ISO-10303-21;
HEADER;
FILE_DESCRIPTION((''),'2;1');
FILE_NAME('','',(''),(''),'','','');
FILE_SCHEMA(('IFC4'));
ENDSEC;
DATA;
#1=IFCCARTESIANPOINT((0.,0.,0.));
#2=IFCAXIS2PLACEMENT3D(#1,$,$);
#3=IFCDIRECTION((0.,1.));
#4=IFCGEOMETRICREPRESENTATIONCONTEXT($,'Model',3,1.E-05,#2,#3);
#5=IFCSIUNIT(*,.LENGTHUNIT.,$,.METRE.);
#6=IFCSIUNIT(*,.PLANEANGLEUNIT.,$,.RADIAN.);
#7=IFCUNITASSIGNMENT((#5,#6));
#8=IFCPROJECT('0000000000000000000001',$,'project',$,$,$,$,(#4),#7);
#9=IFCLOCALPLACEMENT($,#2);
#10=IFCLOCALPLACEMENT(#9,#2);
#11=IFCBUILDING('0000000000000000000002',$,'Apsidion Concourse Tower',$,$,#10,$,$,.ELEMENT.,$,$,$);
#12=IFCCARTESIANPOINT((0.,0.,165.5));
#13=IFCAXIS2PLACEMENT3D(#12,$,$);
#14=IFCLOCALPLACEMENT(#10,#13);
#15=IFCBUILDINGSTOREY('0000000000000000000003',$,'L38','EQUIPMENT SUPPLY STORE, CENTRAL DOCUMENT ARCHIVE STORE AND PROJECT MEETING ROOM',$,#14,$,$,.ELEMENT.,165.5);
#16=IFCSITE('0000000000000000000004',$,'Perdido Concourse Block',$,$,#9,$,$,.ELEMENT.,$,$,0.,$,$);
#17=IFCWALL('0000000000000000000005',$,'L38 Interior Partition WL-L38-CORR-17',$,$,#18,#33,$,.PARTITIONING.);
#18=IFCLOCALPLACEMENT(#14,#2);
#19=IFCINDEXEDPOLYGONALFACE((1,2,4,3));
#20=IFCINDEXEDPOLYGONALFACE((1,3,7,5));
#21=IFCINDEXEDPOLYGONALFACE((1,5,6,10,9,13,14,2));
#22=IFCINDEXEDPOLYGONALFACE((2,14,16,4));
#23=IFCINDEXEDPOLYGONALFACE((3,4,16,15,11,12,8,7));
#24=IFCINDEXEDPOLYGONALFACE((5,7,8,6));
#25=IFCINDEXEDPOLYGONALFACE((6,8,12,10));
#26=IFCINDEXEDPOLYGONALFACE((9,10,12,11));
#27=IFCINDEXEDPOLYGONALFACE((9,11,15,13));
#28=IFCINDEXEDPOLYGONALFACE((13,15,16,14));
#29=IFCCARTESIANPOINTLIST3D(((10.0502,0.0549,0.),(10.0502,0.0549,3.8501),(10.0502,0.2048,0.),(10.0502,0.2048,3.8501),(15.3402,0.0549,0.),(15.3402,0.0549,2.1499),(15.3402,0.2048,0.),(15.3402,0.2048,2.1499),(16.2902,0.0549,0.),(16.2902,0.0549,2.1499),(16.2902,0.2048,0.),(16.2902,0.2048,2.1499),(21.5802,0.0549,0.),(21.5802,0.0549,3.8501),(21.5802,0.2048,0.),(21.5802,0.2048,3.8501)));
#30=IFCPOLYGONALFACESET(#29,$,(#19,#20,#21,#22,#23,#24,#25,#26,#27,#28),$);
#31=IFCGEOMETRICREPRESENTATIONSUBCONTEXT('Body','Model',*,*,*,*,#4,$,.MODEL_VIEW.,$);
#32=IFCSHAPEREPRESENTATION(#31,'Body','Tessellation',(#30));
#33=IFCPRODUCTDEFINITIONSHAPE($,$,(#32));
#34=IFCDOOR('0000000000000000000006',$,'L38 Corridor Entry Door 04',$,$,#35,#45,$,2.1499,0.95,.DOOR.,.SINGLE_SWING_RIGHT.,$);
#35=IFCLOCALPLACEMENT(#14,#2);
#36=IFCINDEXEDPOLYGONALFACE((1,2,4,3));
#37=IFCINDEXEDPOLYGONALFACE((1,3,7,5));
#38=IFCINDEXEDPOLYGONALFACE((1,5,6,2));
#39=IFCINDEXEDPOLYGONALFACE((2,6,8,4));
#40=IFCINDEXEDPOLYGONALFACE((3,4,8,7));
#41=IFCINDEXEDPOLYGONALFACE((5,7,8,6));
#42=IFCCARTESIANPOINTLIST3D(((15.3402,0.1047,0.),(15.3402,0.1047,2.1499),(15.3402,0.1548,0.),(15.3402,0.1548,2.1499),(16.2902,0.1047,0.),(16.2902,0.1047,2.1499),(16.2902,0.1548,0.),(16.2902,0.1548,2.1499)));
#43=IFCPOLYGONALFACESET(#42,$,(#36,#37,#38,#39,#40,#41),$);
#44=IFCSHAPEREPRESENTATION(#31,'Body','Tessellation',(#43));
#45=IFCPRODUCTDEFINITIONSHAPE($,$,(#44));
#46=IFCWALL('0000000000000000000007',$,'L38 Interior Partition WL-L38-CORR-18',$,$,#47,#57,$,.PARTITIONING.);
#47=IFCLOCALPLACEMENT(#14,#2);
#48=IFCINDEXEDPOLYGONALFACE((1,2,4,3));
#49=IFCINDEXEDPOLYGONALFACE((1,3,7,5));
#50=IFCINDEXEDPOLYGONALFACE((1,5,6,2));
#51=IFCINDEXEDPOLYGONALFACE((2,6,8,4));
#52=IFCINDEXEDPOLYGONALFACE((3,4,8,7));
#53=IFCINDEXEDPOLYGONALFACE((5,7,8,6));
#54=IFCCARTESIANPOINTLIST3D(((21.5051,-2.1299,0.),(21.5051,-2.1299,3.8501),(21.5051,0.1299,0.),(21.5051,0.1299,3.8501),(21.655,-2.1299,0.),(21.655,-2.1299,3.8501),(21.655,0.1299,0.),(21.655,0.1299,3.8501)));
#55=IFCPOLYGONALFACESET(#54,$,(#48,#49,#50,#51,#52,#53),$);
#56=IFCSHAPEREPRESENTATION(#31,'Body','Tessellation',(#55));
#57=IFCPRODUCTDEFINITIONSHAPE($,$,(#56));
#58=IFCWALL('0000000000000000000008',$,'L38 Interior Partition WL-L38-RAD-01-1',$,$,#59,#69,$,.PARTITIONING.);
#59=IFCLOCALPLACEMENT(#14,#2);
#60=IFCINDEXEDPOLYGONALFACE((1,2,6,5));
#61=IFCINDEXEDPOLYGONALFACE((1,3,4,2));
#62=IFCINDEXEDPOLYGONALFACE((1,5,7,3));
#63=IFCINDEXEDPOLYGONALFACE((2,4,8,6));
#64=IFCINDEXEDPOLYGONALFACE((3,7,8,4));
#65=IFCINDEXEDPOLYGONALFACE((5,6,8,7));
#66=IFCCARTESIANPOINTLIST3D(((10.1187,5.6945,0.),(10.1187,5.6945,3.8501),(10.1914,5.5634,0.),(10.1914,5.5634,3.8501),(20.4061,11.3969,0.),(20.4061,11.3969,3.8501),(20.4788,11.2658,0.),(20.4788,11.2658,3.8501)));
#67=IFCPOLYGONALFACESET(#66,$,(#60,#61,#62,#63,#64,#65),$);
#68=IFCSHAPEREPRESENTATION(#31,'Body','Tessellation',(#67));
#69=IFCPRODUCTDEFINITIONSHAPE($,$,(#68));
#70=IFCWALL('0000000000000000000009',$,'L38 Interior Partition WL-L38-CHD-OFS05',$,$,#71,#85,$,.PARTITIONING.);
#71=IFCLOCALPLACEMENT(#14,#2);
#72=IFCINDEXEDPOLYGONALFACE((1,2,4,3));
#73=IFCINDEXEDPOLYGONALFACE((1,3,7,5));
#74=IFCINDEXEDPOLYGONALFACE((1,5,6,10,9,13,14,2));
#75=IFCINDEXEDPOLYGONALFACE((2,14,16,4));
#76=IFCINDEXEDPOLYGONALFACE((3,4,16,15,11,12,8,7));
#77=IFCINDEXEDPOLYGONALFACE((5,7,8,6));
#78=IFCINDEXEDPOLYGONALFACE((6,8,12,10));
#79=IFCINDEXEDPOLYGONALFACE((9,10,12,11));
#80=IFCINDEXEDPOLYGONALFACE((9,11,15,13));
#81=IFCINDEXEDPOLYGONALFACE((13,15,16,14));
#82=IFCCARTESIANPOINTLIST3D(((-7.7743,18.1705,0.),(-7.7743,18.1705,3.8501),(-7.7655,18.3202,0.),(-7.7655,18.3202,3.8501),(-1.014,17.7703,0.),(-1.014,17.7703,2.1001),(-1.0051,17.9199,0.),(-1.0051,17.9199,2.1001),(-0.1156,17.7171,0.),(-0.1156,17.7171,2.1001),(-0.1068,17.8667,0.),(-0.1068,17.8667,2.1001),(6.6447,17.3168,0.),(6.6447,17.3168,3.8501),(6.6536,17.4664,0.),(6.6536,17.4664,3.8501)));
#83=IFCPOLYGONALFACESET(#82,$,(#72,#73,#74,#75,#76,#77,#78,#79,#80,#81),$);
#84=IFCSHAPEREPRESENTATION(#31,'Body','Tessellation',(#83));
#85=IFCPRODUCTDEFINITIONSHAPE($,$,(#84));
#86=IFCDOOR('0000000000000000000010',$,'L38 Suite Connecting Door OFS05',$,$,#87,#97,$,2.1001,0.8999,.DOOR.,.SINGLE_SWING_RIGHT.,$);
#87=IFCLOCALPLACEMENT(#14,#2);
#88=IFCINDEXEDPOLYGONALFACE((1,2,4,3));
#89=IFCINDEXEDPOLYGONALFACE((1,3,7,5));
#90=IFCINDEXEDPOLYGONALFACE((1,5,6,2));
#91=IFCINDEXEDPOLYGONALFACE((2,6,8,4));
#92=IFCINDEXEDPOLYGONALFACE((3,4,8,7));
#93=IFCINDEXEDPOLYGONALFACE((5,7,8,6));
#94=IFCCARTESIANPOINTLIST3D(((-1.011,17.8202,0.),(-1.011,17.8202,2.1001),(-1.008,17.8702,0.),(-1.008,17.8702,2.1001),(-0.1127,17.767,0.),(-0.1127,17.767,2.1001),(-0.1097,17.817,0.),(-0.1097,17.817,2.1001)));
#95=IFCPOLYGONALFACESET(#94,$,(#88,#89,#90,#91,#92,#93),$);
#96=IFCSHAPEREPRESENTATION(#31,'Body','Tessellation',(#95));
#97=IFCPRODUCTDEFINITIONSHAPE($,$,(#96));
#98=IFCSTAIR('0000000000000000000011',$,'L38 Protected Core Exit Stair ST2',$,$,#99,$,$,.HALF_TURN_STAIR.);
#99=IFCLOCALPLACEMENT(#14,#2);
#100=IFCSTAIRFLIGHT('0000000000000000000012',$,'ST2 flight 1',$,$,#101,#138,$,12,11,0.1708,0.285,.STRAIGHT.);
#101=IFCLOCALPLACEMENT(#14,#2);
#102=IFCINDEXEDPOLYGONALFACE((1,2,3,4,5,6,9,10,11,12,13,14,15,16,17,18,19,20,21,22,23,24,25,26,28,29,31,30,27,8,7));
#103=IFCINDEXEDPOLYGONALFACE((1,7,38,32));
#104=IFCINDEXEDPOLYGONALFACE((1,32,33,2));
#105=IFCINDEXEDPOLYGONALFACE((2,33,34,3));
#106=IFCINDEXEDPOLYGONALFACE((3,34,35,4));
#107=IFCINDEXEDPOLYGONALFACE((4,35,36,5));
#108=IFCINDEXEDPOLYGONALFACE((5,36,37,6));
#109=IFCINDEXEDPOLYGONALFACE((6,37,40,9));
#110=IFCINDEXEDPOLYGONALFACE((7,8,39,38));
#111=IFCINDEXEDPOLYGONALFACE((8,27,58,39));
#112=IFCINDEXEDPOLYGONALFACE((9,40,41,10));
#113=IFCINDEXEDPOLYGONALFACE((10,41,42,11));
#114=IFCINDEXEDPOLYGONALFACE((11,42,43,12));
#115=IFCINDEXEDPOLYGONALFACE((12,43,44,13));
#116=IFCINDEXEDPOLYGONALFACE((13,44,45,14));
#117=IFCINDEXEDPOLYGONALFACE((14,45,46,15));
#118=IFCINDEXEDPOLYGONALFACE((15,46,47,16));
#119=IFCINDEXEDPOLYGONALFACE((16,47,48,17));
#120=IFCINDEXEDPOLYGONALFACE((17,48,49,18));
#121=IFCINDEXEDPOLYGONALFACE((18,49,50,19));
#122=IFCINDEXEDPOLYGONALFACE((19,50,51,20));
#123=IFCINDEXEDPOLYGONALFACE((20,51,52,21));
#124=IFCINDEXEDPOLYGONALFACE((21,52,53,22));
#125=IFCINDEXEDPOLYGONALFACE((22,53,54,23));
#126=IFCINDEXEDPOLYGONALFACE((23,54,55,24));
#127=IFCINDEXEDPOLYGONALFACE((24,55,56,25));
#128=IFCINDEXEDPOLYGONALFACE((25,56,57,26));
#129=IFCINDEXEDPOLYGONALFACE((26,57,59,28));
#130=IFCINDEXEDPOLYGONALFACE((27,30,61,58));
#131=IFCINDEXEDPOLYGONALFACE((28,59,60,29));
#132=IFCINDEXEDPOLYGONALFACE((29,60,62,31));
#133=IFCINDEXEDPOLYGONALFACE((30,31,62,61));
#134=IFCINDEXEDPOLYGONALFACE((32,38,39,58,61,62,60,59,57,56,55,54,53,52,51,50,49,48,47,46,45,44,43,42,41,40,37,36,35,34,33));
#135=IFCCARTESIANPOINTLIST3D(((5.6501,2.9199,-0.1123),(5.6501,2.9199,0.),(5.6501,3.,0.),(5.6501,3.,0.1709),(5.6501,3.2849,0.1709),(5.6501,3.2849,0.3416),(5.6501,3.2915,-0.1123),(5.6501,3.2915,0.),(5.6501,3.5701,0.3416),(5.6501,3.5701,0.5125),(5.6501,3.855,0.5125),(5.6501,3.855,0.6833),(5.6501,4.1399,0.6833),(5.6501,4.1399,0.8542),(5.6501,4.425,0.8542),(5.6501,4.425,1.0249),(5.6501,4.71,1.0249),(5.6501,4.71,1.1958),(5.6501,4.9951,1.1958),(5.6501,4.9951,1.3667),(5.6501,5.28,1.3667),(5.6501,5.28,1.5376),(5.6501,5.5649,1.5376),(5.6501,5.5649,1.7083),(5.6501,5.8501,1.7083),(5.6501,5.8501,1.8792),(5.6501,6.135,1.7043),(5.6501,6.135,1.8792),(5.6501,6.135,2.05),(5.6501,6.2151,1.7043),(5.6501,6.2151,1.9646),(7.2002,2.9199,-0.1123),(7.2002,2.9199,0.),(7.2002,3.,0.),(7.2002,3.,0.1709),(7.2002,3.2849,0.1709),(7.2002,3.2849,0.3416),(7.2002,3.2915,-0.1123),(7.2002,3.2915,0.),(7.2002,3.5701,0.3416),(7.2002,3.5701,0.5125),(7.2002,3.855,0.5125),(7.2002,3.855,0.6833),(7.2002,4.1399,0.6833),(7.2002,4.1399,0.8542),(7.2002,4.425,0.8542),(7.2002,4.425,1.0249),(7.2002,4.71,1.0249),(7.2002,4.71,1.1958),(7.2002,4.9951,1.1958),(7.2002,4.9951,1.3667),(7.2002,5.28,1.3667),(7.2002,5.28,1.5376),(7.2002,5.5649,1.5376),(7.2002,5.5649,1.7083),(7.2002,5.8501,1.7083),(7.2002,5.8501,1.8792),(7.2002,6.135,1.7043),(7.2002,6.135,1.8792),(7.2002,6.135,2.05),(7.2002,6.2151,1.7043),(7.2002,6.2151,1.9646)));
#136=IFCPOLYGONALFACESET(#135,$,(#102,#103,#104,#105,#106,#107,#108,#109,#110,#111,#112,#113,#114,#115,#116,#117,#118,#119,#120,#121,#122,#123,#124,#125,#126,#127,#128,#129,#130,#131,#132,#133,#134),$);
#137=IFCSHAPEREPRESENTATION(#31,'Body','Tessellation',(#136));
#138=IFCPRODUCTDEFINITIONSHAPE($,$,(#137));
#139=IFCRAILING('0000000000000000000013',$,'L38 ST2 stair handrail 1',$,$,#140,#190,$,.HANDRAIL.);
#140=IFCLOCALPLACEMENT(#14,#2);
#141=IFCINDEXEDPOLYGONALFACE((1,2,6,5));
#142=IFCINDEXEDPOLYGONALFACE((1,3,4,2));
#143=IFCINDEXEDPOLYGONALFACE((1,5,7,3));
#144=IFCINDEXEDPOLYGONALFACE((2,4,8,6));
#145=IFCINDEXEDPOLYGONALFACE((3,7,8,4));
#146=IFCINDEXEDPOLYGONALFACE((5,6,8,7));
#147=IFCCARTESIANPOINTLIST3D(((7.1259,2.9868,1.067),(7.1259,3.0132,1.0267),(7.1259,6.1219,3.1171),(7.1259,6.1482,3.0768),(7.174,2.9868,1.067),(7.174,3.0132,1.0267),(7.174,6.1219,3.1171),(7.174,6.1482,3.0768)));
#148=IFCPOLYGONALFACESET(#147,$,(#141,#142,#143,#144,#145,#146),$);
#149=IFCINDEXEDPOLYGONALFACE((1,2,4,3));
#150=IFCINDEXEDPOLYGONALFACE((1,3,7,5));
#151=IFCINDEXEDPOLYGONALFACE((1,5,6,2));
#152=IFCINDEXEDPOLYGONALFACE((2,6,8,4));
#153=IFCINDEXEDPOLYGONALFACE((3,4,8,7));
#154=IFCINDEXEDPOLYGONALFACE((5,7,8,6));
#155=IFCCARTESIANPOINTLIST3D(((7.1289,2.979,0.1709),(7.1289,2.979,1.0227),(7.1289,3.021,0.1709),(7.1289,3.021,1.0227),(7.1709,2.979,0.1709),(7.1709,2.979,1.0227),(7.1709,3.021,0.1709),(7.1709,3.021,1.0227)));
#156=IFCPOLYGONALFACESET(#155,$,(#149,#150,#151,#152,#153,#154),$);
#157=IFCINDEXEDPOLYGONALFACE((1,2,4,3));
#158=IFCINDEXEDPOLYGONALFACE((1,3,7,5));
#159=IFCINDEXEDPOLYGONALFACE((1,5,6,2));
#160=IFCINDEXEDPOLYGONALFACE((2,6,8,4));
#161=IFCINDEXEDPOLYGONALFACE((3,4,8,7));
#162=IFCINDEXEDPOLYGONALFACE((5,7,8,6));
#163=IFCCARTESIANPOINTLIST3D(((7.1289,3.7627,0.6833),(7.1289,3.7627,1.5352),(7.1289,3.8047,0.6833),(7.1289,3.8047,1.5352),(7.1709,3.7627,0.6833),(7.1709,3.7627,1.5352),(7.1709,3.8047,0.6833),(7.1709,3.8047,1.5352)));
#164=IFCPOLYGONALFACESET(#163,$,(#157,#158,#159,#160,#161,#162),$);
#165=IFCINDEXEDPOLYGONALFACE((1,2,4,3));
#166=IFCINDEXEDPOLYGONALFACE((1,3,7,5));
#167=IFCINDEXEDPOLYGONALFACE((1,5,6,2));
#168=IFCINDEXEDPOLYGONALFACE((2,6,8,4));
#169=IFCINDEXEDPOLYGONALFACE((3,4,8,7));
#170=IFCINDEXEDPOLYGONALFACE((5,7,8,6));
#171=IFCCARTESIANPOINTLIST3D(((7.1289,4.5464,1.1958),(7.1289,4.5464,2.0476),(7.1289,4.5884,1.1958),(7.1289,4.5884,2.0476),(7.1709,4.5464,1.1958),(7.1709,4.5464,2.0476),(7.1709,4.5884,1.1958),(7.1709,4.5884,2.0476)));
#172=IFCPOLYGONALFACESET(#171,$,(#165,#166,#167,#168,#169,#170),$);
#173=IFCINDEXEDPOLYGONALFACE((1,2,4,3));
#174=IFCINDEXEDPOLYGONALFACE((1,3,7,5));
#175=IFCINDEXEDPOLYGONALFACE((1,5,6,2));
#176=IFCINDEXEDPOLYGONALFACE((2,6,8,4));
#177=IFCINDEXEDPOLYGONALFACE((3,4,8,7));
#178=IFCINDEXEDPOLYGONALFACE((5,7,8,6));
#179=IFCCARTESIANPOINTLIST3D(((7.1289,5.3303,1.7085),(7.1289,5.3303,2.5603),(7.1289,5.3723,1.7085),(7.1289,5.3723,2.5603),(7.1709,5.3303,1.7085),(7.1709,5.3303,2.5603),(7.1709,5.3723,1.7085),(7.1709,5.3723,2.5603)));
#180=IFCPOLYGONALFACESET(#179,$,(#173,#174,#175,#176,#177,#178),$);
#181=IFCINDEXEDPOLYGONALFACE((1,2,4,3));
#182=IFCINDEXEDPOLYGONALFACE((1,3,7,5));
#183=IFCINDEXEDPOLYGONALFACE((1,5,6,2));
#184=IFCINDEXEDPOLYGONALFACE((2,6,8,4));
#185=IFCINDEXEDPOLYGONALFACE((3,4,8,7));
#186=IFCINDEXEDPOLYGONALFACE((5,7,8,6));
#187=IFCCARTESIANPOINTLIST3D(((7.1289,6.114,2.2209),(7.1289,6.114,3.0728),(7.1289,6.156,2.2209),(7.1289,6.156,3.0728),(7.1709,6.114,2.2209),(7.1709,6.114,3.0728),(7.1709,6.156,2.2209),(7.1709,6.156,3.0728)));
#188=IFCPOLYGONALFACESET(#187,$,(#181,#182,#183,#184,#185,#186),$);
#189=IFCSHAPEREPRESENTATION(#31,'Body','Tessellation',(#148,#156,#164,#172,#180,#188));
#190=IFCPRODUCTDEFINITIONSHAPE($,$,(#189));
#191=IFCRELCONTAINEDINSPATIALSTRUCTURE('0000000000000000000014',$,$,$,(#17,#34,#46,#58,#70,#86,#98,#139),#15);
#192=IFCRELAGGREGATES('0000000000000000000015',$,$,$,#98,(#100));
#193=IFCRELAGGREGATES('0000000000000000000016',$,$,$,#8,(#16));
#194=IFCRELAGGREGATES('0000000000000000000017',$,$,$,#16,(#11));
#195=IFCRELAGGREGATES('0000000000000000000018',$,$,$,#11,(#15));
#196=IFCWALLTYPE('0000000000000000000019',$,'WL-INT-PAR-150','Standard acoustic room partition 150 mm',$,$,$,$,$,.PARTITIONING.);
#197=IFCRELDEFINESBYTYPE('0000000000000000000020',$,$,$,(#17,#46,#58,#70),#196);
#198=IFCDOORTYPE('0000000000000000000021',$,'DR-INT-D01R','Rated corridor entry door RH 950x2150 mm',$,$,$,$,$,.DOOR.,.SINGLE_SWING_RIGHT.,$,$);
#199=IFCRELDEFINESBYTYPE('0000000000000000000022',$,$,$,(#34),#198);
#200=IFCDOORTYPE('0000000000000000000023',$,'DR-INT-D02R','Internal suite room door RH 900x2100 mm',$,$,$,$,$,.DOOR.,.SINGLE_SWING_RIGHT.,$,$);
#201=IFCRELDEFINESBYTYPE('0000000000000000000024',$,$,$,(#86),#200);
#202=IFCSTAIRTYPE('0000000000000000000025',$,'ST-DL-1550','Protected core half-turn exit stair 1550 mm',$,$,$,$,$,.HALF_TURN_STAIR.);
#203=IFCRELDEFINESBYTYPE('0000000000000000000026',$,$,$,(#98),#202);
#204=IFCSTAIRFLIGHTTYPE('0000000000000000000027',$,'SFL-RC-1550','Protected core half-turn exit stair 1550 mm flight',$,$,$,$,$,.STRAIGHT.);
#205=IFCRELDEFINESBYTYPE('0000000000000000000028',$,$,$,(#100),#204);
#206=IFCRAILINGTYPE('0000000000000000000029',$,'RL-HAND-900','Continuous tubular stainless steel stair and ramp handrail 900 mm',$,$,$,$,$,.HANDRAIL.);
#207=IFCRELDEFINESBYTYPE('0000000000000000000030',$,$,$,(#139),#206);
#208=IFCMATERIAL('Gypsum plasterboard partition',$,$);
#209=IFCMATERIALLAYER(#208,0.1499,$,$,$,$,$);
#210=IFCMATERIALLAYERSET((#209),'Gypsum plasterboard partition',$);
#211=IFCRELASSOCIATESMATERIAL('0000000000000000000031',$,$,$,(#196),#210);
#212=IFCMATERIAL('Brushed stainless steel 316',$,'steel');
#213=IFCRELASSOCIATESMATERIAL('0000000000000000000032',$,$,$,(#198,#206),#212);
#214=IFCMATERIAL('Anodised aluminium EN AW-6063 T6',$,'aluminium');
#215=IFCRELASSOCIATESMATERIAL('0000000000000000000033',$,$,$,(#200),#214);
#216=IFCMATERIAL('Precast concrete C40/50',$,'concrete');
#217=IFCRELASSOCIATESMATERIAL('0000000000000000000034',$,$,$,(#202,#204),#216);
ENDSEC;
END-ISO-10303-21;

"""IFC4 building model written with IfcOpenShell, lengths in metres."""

from ifc_helpers import new_model, si_unit, direction, frame, frame_2d, origin, origin_2d, place, context, subcontext, project, spatial, polyline, rectangle, outline, extrude, material, layer, layer_set, type_object, element, fill, aggregate, save


model = new_model("IFC4")

# Units and contexts
model_context = context("Model", 3, precision=1e-05, world=origin(), true_north=direction((0.0, 1.0)))
body_context = subcontext(model_context, "Body", "Model", "MODEL_VIEW")
ifc_project = project(units=[si_unit("LENGTHUNIT", "METRE"), si_unit("PLANEANGLEUNIT", "RADIAN")], contexts=[model_context])

# Site, building, storey
site_placement = place(None, origin())
site = spatial("IfcSite", under=ifc_project, at=site_placement, Name="Perdido Concourse Block", CompositionType="ELEMENT", RefElevation=0.0)
building_placement = place(site_placement, origin())
building = spatial("IfcBuilding", under=site, at=building_placement, Name="Apsidion Concourse Tower", CompositionType="ELEMENT")
storey_placement = place(building_placement, frame((0.0, 0.0, 165.5)))
storey = spatial("IfcBuildingStorey", under=building, at=storey_placement, Name="L38", Description="EQUIPMENT SUPPLY STORE, CENTRAL DOCUMENT ARCHIVE STORE AND PROJECT MEETING ROOM", CompositionType="ELEMENT", Elevation=165.5)

# Shared definitions
ifc_material_1 = material(Name="Precast concrete C40/50", Category="concrete")
ifc_material_2 = material(Name="Gypsum plasterboard partition")
ifc_layer_1 = layer(ifc_material_2, 0.1499)
ifc_layer_set_1 = layer_set([ifc_layer_1], Name="Gypsum plasterboard partition")
wall_type_1 = type_object("IfcWallType", Name="WL-INT-PAR-150", Description="Standard acoustic room partition 150 mm", PredefinedType="PARTITIONING", material=ifc_layer_set_1)

# Wall, opening, door
ifc_material_3 = material(Name="Brushed stainless steel 316", Category="steel")
wall_1_placement = place(storey_placement, frame((10.05, 0.1299, 0.0), z_axis=(0.0, 0.0, 1.0), x_axis=(1.0, 0.0, 0.0)))
wall_1 = element("IfcWall", 1, at=wall_1_placement, inside=storey, type_object=wall_type_1, Name="L38 Interior Partition WL-L38-CORR-17", PredefinedType="PARTITIONING", context=body_context, shape_type="SweptSolid", body=[
    extrude(rectangle(XDim=11.53, YDim=0.1499, at=frame_2d((5.7651, 0.0))), origin(), (0.0, 0.0, 1.0), 3.8501),
])
opening_1_placement = place(wall_1_placement, frame((5.29, 0.0, 0.0)))
opening_1 = element("IfcOpeningElement", 2, at=opening_1_placement, cuts=wall_1, PredefinedType="OPENING", context=body_context, shape_type="SweptSolid", body=[
    extrude(rectangle(XDim=0.95, YDim=2.1499, at=frame_2d((0.4751, 1.075))), frame((0.0, 0.085, 0.0), z_axis=(0.0, -1.0, 0.0), x_axis=(1.0, 0.0, 0.0)), (0.0, 0.0, 1.0), 0.1699),
])
door_type_1 = type_object("IfcDoorType", Name="DR-INT-D01R", Description="Rated corridor entry door RH 950x2150 mm", OperationType="SINGLE_SWING_RIGHT", PredefinedType="DOOR", material=ifc_material_3)
door_1_placement = place(opening_1_placement, origin())
door_1 = element("IfcDoor", 3, at=door_1_placement, inside=storey, type_object=door_type_1, Name="L38 Corridor Entry Door 04", OperationType="SINGLE_SWING_RIGHT", OverallHeight=2.1499, OverallWidth=0.95, PredefinedType="DOOR", context=body_context, shape_type="SweptSolid", body=[
    extrude(rectangle(XDim=0.95, YDim=2.1499, at=frame_2d((0.4751, 1.075))), frame((0.0, 0.0249, 0.0), z_axis=(0.0, -1.0, 0.0), x_axis=(1.0, 0.0, 0.0)), (0.0, 0.0, 1.0), 0.05),
])
fill(opening_1, door_1)

# Walls
wall_2_placement = place(storey_placement, frame((21.5801, 0.1299, 0.0), z_axis=(0.0, 0.0, 1.0), x_axis=(0.0, -1.0, 0.0)))
element("IfcWall", 4, at=wall_2_placement, inside=storey, type_object=wall_type_1, Name="L38 Interior Partition WL-L38-CORR-18", PredefinedType="PARTITIONING", context=body_context, shape_type="SweptSolid", body=[
    extrude(rectangle(XDim=2.2598, YDim=0.1499, at=frame_2d((1.1299, 0.0))), origin(), (0.0, 0.0, 1.0), 3.8501),
])
wall_3_placement = place(storey_placement, frame((10.155, 5.6289, 0.0), z_axis=(0.0, 0.0, 1.0), x_axis=(0.874619, 0.484811, 0.0)))
element("IfcWall", 5, at=wall_3_placement, inside=storey, type_object=wall_type_1, Name="L38 Interior Partition WL-L38-RAD-01-1", PredefinedType="PARTITIONING", context=body_context, shape_type="SweptSolid", body=[
    extrude(rectangle(XDim=11.7622, YDim=0.1499, at=frame_2d((5.8811, 0.0))), origin(), (0.0, 0.0, 1.0), 3.8501),
])

# Wall, opening, door
wall_4_placement = place(storey_placement, frame((6.6492, 17.3916, 0.0), z_axis=(0.0, 0.0, 1.0), x_axis=(-0.998252, 0.059106, 0.0)))
wall_4 = element("IfcWall", 6, at=wall_4_placement, inside=storey, type_object=wall_type_1, Name="L38 Interior Partition WL-L38-CHD-OFS05", PredefinedType="PARTITIONING", context=body_context, shape_type="SweptSolid", body=[
    extrude(rectangle(XDim=14.4443, YDim=0.1499, at=frame_2d((7.2222, 0.0))), origin(), (0.0, 0.0, 1.0), 3.8501),
])
opening_2_placement = place(wall_4_placement, frame((6.7722, 0.0, 0.0)))
opening_2 = element("IfcOpeningElement", 7, at=opening_2_placement, cuts=wall_4, PredefinedType="OPENING", context=body_context, shape_type="SweptSolid", body=[
    extrude(rectangle(XDim=0.8999, YDim=2.1001, at=frame_2d((0.45, 1.05))), frame((0.0, 0.085, 0.0), z_axis=(0.0, -1.0, 0.0), x_axis=(1.0, 0.0, 0.0)), (0.0, 0.0, 1.0), 0.1699),
])
ifc_material_4 = material(Name="Anodised aluminium EN AW-6063 T6", Category="aluminium")
door_type_2 = type_object("IfcDoorType", Name="DR-INT-D02R", Description="Internal suite room door RH 900x2100 mm", OperationType="SINGLE_SWING_RIGHT", PredefinedType="DOOR", material=ifc_material_4)
door_2_placement = place(opening_2_placement, origin())
door_2 = element("IfcDoor", 8, at=door_2_placement, inside=storey, type_object=door_type_2, Name="L38 Suite Connecting Door OFS05", OperationType="SINGLE_SWING_RIGHT", OverallHeight=2.1001, OverallWidth=0.8999, PredefinedType="DOOR", context=body_context, shape_type="SweptSolid", body=[
    extrude(rectangle(XDim=0.8999, YDim=2.1001, at=frame_2d((0.45, 1.05))), frame((0.0, 0.0249, 0.0), z_axis=(0.0, -1.0, 0.0), x_axis=(1.0, 0.0, 0.0)), (0.0, 0.0, 1.0), 0.05),
])
fill(opening_2, door_2)

# Stair, stair flight
stair_type = type_object("IfcStairType", Name="ST-DL-1550", Description="Protected core half-turn exit stair 1550 mm", PredefinedType="HALF_TURN_STAIR", material=ifc_material_1)
stair_placement = place(storey_placement, origin())
stair = element("IfcStair", 9, at=stair_placement, inside=storey, type_object=stair_type, Name="L38 Protected Core Exit Stair ST2", PredefinedType="HALF_TURN_STAIR")
stair_flight_type = type_object("IfcStairFlightType", Name="SFL-RC-1550", Description="Protected core half-turn exit stair 1550 mm flight", PredefinedType="STRAIGHT", material=ifc_material_1)
stair_flight_placement = place(storey_placement, frame((6.425, 3.0, 0.0), z_axis=(0.0, 0.0, 1.0), x_axis=(0.0, 1.0, 0.0)))
stair_flight = element("IfcStairFlight", 10, at=stair_flight_placement, type_object=stair_flight_type, Name="ST2 flight 1", NumberOfRisers=12, NumberOfTreads=11, PredefinedType="STRAIGHT", RiserHeight=0.1708, TreadLength=0.285, context=body_context, shape_type="SweptSolid", body=[
    extrude(outline(polyline([(-0.0801, -0.1123), (-0.0801, 0.0), (0.0, 0.0), (0.0, 0.1709), (0.2849, 0.1709), (0.2849, 0.3416), (0.5701, 0.3416), (0.5701, 0.5125), (0.855, 0.5125), (0.855, 0.6833), (1.1399, 0.6833), (1.1399, 0.8542), (1.425, 0.8542), (1.425, 1.0249), (1.71, 1.0249), (1.71, 1.1958), (1.9951, 1.1958), (1.9951, 1.3667), (2.28, 1.3667), (2.28, 1.5376), (2.5649, 1.5376), (2.5649, 1.7083), (2.8501, 1.7083), (2.8501, 1.8792), (3.135, 1.8792), (3.135, 2.05), (3.2151, 1.9646), (3.2151, 1.7043), (3.135, 1.7043), (0.2915, 0.0), (0.2915, -0.1123), (-0.0801, -0.1123)])), frame((0.0, 0.7749, 0.0), z_axis=(0.0, -1.0, 0.0), x_axis=(1.0, 0.0, 0.0)), (0.0, 0.0, 1.0), 1.55),
])
aggregate(stair, [stair_flight])

# Railing
railing_type = type_object("IfcRailingType", Name="RL-HAND-900", Description="Continuous tubular stainless steel stair and ramp handrail 900 mm", PredefinedType="HANDRAIL", material=ifc_material_3)
railing_placement = place(storey_placement, frame((7.1499, 3.0, 0.1709)))
element("IfcRailing", 11, at=railing_placement, inside=storey, type_object=railing_type, Name="L38 ST2 stair handrail 1", PredefinedType="HANDRAIL", context=body_context, shape_type="SweptSolid", body=[
    extrude(rectangle(XDim=0.0481, YDim=0.0481, at=origin_2d()), frame((0.0, 0.0, 0.876), z_axis=(0.0, 0.836941, 0.547293), x_axis=(-1.0, 0.0, 0.0)), (0.0, 0.0, 1.0), 3.7458),
    extrude(rectangle(XDim=0.042, YDim=0.042, at=origin_2d()), origin(), (0.0, 0.0, 1.0), 0.8518),
    extrude(rectangle(XDim=0.042, YDim=0.042, at=origin_2d()), frame((0.0, 0.7837, 0.5125)), (0.0, 0.0, 1.0), 0.8518),
    extrude(rectangle(XDim=0.042, YDim=0.042, at=origin_2d()), frame((0.0, 1.5674, 1.0249)), (0.0, 0.0, 1.0), 0.8518),
    extrude(rectangle(XDim=0.042, YDim=0.042, at=origin_2d()), frame((0.0, 2.3513, 1.5376)), (0.0, 0.0, 1.0), 0.8518),
    extrude(rectangle(XDim=0.042, YDim=0.042, at=origin_2d()), frame((0.0, 3.135, 2.05)), (0.0, 0.0, 1.0), 0.8518),
])

save(model, "model.ifc")
